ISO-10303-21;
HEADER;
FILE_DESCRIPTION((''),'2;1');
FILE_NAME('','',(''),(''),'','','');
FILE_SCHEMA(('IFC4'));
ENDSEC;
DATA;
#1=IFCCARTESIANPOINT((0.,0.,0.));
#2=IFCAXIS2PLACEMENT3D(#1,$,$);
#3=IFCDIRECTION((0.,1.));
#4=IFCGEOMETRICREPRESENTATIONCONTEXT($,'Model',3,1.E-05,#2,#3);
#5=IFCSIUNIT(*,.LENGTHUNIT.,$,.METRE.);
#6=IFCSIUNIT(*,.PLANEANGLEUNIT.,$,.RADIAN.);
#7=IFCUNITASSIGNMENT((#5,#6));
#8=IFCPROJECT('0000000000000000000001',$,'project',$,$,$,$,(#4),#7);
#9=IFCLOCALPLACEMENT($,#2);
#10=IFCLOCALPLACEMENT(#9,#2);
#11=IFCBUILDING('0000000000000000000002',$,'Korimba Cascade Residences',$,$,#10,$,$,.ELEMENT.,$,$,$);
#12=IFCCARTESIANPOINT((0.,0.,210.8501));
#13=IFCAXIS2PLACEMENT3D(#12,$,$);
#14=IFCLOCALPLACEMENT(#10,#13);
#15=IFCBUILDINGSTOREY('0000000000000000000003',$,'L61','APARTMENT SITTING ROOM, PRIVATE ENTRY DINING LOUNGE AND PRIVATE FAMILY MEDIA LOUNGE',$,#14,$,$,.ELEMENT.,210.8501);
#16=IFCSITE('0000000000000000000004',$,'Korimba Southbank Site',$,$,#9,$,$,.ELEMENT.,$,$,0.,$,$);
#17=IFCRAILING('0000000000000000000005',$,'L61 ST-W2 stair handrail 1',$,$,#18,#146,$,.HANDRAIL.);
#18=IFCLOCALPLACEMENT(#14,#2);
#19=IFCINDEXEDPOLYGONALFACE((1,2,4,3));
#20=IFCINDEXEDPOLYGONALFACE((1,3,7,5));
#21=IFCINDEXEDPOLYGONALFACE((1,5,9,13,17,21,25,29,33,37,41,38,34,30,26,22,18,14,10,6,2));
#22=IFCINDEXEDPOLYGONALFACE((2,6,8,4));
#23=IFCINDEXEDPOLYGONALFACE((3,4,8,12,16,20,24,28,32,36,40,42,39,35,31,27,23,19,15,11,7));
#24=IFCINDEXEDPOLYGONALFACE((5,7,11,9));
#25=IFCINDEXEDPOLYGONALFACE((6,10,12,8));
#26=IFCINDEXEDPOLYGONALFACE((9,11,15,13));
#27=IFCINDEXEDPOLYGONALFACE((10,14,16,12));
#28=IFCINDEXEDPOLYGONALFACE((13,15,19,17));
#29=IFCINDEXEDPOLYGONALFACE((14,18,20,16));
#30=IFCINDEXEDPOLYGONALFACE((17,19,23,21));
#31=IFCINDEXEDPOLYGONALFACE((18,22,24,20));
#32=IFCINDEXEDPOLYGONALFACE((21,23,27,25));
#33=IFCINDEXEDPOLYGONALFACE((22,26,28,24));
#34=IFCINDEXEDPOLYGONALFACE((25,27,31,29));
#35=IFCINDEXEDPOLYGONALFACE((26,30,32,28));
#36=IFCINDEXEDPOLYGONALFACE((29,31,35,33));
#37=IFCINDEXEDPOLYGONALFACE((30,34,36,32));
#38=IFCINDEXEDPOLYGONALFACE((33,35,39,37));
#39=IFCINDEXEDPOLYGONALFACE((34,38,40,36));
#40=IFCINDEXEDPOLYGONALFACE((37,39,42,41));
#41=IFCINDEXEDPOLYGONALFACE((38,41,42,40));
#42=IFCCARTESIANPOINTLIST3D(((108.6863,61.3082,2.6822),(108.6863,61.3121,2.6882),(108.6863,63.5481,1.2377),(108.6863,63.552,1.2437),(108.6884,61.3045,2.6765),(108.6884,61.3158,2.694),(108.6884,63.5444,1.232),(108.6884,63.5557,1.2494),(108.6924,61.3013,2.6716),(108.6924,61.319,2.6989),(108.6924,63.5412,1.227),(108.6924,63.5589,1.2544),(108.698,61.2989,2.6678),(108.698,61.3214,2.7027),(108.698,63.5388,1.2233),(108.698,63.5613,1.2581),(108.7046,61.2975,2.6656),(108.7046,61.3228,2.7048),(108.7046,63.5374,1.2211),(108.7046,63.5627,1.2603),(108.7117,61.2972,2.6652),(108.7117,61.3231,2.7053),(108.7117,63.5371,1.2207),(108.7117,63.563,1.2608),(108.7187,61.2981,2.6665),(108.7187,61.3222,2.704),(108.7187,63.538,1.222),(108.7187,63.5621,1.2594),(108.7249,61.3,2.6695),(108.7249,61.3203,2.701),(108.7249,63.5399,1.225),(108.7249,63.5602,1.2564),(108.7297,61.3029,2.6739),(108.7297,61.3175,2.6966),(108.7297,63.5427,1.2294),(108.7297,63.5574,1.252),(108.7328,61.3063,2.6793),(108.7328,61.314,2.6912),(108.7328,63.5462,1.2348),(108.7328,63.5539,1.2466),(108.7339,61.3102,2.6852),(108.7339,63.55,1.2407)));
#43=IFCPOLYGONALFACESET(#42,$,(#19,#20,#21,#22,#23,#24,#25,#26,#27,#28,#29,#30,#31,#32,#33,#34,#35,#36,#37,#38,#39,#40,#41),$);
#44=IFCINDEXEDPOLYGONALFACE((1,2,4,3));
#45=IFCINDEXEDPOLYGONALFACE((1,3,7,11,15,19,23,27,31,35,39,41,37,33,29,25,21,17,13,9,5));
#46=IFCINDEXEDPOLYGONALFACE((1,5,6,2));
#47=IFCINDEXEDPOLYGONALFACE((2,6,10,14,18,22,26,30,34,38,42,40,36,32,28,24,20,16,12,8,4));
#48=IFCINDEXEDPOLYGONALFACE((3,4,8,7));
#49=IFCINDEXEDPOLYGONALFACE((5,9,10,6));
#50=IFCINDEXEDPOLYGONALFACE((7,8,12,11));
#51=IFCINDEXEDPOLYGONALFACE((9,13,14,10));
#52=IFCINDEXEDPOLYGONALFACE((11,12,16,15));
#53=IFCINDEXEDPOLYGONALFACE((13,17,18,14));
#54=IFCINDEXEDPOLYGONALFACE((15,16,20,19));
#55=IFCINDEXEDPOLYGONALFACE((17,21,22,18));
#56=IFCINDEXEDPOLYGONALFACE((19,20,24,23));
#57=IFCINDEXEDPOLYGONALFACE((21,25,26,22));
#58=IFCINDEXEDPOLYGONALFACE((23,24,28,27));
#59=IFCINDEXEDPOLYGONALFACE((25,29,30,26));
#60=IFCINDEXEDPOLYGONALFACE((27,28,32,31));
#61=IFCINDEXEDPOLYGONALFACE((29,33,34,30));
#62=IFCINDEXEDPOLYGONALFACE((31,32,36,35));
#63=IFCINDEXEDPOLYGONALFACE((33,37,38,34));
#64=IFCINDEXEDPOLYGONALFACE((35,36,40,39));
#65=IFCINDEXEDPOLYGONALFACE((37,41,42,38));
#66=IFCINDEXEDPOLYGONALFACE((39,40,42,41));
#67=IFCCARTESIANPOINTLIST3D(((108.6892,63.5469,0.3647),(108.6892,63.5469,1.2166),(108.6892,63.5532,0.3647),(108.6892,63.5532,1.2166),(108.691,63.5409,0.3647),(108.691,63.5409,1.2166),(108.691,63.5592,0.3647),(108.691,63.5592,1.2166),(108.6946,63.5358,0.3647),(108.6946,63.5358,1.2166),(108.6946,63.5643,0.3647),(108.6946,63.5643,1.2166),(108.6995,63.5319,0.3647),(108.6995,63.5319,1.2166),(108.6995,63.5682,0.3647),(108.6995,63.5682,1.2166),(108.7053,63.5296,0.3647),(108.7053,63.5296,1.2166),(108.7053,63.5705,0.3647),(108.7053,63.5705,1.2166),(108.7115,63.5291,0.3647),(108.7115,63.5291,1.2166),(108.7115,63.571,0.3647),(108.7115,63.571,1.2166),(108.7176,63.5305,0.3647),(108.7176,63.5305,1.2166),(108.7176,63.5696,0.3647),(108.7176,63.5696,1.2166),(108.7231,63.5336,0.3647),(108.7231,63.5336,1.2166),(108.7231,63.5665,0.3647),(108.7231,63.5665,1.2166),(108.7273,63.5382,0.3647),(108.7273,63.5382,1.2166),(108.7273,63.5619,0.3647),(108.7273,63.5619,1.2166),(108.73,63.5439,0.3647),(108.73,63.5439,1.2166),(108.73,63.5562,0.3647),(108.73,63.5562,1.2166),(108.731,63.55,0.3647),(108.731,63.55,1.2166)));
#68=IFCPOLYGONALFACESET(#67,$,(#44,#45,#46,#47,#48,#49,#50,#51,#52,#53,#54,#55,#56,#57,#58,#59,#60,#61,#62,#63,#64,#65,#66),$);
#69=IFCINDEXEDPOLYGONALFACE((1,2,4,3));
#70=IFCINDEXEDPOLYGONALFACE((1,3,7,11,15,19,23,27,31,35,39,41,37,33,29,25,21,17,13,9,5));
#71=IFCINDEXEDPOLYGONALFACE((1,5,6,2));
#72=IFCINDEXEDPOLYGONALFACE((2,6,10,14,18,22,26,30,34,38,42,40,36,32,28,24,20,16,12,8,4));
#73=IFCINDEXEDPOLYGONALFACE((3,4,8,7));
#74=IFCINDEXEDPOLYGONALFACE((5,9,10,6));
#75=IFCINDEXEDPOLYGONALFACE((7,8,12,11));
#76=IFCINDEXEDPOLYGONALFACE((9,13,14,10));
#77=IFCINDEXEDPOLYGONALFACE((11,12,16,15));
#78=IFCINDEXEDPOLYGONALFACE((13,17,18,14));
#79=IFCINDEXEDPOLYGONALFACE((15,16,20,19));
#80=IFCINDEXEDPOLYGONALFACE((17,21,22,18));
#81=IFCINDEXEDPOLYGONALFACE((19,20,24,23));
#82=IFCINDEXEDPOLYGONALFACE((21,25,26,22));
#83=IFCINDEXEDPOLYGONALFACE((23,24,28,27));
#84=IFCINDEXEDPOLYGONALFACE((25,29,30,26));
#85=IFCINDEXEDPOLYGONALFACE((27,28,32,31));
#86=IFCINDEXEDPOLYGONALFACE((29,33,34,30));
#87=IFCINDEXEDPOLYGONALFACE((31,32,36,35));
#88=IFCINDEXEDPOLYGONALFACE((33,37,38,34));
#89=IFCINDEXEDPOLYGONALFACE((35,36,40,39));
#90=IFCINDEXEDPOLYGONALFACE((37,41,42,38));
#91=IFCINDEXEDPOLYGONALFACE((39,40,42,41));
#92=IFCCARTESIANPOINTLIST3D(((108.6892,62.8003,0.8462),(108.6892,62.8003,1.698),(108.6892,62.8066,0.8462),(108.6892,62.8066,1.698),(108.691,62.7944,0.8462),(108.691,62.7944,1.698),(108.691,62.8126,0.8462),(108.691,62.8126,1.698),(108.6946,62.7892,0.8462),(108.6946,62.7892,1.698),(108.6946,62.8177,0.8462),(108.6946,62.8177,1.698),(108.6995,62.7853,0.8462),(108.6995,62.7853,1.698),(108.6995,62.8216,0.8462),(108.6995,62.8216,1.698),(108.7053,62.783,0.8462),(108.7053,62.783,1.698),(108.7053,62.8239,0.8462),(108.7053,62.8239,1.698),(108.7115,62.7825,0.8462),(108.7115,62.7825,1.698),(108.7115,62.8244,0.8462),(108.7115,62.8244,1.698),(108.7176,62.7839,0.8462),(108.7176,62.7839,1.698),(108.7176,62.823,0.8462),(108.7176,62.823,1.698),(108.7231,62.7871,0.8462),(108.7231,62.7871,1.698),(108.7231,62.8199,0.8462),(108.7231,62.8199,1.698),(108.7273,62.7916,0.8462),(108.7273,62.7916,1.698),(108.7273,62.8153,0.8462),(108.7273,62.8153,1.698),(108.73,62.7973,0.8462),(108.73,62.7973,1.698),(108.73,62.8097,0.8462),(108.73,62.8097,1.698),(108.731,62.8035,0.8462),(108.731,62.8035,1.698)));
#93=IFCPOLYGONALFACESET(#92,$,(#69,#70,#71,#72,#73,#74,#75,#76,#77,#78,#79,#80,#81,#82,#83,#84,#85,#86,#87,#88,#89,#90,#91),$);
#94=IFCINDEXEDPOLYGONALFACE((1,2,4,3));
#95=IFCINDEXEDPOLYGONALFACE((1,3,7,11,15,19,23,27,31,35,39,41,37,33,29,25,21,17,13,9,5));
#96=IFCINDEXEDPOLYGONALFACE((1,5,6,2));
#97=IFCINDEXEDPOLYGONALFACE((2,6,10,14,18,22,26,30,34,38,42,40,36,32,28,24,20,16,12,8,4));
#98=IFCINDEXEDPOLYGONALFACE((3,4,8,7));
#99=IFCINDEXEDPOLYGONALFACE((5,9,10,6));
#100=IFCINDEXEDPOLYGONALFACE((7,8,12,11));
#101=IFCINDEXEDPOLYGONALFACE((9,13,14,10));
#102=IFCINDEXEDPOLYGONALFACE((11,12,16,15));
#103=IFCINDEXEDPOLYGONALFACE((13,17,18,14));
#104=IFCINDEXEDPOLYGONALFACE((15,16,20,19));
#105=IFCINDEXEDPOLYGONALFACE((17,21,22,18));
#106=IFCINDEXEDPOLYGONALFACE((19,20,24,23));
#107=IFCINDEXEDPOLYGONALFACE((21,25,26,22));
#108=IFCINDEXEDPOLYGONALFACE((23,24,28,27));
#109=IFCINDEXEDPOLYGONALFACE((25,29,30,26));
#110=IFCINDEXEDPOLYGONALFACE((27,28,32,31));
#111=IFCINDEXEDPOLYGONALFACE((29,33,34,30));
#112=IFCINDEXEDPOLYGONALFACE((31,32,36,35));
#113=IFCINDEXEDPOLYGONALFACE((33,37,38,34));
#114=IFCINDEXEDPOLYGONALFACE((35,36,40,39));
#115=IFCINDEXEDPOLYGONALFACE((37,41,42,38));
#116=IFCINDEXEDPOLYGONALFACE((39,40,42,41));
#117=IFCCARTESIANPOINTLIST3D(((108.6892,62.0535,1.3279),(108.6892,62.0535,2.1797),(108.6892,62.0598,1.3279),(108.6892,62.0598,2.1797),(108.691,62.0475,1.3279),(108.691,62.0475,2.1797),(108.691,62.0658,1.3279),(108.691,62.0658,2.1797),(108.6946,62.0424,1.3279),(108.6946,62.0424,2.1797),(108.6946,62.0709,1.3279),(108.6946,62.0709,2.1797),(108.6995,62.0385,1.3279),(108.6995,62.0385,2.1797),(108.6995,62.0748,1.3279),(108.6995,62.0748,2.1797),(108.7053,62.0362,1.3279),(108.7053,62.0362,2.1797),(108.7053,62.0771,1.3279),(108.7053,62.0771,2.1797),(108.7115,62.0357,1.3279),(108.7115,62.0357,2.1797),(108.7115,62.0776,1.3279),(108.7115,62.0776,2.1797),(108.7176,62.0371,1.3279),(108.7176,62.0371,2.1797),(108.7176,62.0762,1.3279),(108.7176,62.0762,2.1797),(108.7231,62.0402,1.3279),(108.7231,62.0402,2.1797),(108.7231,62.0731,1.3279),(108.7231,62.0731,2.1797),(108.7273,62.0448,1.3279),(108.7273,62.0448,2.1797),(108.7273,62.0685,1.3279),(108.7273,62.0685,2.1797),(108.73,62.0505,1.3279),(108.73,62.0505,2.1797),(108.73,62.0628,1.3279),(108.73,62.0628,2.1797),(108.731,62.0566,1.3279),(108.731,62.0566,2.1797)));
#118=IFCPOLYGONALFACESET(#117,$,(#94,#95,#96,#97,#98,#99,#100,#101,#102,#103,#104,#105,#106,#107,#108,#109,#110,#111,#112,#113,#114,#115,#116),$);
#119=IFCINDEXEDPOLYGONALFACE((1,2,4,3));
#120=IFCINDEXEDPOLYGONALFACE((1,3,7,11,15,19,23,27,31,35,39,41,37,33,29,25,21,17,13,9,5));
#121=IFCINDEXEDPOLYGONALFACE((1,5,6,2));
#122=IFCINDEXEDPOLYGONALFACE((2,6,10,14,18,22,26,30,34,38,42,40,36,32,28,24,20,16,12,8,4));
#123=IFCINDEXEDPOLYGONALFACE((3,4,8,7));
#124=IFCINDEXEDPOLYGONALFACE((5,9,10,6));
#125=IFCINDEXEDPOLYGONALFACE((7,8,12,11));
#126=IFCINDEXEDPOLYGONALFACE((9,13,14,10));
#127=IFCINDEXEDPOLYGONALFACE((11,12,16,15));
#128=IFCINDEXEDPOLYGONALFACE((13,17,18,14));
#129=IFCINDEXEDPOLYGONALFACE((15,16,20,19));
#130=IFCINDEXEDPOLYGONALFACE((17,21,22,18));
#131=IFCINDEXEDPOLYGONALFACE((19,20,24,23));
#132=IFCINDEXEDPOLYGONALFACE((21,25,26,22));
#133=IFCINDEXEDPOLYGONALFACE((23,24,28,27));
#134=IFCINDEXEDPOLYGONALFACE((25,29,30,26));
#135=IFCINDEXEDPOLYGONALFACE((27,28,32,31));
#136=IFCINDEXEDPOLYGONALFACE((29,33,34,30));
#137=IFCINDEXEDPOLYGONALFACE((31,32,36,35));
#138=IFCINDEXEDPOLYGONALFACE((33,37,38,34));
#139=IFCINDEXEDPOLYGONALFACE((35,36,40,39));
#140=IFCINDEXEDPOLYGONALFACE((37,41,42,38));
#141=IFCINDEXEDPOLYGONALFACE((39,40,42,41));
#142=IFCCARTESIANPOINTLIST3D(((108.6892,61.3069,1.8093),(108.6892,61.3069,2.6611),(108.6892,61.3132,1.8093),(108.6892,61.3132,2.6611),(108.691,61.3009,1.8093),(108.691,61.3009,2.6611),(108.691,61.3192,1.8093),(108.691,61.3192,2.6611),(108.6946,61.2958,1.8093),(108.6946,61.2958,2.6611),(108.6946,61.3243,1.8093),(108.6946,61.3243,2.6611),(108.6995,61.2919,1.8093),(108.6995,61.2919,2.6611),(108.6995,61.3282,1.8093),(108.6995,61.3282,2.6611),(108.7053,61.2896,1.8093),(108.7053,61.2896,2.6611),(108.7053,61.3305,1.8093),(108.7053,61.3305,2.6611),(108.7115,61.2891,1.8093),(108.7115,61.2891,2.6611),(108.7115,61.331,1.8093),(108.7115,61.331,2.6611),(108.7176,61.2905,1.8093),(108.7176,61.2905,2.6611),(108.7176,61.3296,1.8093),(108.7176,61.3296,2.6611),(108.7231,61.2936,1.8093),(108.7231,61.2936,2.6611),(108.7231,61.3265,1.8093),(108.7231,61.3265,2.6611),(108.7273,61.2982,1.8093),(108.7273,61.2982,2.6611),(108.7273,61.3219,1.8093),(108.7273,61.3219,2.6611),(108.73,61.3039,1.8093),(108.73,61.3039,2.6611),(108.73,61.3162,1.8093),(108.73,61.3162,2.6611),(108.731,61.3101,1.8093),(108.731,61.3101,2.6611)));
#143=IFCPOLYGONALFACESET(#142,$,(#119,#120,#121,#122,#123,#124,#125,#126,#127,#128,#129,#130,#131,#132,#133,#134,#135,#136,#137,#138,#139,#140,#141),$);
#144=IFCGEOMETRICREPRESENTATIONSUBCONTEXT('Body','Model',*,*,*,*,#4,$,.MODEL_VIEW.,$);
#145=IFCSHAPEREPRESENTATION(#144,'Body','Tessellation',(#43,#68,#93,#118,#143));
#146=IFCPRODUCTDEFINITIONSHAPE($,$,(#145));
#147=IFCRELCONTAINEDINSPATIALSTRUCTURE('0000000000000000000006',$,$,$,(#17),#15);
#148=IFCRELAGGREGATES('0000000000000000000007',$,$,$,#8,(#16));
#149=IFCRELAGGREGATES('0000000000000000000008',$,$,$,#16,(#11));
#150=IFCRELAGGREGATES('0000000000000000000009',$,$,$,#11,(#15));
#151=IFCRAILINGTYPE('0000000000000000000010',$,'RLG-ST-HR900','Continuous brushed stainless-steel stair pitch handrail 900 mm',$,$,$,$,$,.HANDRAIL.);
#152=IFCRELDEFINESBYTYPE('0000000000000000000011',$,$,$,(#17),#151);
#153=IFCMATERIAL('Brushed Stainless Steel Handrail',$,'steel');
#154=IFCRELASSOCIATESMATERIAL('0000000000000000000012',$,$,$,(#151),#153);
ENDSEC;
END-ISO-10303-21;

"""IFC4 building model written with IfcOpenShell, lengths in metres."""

from ifc_helpers import new_model, si_unit, direction, frame, origin, origin_2d, place, context, subcontext, project, spatial, circle, extrude, material, type_object, element, save


model = new_model("IFC4")

# Units and contexts
model_context = context("Model", 3, precision=1e-05, world=origin(), true_north=direction((0.0, 1.0)))
body_context = subcontext(model_context, "Body", "Model", "MODEL_VIEW")
ifc_project = project(units=[si_unit("LENGTHUNIT", "METRE"), si_unit("PLANEANGLEUNIT", "RADIAN")], contexts=[model_context])

# Site, building, storey
site_placement = place(None, origin())
site = spatial("IfcSite", under=ifc_project, at=site_placement, Name="Korimba Southbank Site", CompositionType="ELEMENT", RefElevation=0.0)
building_placement = place(site_placement, origin())
building = spatial("IfcBuilding", under=site, at=building_placement, Name="Korimba Cascade Residences", CompositionType="ELEMENT")
storey_placement = place(building_placement, frame((0.0, 0.0, 210.8501)))
storey = spatial("IfcBuildingStorey", under=building, at=storey_placement, Name="L61", Description="APARTMENT SITTING ROOM, PRIVATE ENTRY DINING LOUNGE AND PRIVATE FAMILY MEDIA LOUNGE", CompositionType="ELEMENT", Elevation=210.8501)

# Railing
ifc_material_1 = material(Name="Brushed Stainless Steel Handrail", Category="steel")
railing_type_1 = type_object("IfcRailingType", Name="RLG-ST-HR900", Description="Continuous brushed stainless-steel stair pitch handrail 900 mm", PredefinedType="HANDRAIL", material=ifc_material_1)
railing_1_placement = place(storey_placement, frame((108.71, 63.55, 0.3647)))
element("IfcRailing", 1, at=railing_1_placement, inside=storey, type_object=railing_type_1, Name="L61 ST-W2 stair handrail 1", PredefinedType="HANDRAIL", context=body_context, shape_type="SweptSolid", body=[
    extrude(circle(Radius=0.0239, at=origin_2d()), frame((0.0, 0.0, 0.876), z_axis=(0.0, -0.840395, 0.541975), x_axis=(1.0, 0.0, 0.0)), (0.0, 0.0, 1.0), 2.6653),
    extrude(circle(Radius=0.021, at=origin_2d()), origin(), (0.0, 0.0, 1.0), 0.8518),
    extrude(circle(Radius=0.021, at=origin_2d()), frame((0.0, -0.7466, 0.4814)), (0.0, 0.0, 1.0), 0.8518),
    extrude(circle(Radius=0.021, at=origin_2d()), frame((0.0, -1.4934, 0.9631)), (0.0, 0.0, 1.0), 0.8518),
    extrude(circle(Radius=0.021, at=origin_2d()), frame((0.0, -2.24, 1.4446)), (0.0, 0.0, 1.0), 0.8518),
])

save(model, "model.ifc")
